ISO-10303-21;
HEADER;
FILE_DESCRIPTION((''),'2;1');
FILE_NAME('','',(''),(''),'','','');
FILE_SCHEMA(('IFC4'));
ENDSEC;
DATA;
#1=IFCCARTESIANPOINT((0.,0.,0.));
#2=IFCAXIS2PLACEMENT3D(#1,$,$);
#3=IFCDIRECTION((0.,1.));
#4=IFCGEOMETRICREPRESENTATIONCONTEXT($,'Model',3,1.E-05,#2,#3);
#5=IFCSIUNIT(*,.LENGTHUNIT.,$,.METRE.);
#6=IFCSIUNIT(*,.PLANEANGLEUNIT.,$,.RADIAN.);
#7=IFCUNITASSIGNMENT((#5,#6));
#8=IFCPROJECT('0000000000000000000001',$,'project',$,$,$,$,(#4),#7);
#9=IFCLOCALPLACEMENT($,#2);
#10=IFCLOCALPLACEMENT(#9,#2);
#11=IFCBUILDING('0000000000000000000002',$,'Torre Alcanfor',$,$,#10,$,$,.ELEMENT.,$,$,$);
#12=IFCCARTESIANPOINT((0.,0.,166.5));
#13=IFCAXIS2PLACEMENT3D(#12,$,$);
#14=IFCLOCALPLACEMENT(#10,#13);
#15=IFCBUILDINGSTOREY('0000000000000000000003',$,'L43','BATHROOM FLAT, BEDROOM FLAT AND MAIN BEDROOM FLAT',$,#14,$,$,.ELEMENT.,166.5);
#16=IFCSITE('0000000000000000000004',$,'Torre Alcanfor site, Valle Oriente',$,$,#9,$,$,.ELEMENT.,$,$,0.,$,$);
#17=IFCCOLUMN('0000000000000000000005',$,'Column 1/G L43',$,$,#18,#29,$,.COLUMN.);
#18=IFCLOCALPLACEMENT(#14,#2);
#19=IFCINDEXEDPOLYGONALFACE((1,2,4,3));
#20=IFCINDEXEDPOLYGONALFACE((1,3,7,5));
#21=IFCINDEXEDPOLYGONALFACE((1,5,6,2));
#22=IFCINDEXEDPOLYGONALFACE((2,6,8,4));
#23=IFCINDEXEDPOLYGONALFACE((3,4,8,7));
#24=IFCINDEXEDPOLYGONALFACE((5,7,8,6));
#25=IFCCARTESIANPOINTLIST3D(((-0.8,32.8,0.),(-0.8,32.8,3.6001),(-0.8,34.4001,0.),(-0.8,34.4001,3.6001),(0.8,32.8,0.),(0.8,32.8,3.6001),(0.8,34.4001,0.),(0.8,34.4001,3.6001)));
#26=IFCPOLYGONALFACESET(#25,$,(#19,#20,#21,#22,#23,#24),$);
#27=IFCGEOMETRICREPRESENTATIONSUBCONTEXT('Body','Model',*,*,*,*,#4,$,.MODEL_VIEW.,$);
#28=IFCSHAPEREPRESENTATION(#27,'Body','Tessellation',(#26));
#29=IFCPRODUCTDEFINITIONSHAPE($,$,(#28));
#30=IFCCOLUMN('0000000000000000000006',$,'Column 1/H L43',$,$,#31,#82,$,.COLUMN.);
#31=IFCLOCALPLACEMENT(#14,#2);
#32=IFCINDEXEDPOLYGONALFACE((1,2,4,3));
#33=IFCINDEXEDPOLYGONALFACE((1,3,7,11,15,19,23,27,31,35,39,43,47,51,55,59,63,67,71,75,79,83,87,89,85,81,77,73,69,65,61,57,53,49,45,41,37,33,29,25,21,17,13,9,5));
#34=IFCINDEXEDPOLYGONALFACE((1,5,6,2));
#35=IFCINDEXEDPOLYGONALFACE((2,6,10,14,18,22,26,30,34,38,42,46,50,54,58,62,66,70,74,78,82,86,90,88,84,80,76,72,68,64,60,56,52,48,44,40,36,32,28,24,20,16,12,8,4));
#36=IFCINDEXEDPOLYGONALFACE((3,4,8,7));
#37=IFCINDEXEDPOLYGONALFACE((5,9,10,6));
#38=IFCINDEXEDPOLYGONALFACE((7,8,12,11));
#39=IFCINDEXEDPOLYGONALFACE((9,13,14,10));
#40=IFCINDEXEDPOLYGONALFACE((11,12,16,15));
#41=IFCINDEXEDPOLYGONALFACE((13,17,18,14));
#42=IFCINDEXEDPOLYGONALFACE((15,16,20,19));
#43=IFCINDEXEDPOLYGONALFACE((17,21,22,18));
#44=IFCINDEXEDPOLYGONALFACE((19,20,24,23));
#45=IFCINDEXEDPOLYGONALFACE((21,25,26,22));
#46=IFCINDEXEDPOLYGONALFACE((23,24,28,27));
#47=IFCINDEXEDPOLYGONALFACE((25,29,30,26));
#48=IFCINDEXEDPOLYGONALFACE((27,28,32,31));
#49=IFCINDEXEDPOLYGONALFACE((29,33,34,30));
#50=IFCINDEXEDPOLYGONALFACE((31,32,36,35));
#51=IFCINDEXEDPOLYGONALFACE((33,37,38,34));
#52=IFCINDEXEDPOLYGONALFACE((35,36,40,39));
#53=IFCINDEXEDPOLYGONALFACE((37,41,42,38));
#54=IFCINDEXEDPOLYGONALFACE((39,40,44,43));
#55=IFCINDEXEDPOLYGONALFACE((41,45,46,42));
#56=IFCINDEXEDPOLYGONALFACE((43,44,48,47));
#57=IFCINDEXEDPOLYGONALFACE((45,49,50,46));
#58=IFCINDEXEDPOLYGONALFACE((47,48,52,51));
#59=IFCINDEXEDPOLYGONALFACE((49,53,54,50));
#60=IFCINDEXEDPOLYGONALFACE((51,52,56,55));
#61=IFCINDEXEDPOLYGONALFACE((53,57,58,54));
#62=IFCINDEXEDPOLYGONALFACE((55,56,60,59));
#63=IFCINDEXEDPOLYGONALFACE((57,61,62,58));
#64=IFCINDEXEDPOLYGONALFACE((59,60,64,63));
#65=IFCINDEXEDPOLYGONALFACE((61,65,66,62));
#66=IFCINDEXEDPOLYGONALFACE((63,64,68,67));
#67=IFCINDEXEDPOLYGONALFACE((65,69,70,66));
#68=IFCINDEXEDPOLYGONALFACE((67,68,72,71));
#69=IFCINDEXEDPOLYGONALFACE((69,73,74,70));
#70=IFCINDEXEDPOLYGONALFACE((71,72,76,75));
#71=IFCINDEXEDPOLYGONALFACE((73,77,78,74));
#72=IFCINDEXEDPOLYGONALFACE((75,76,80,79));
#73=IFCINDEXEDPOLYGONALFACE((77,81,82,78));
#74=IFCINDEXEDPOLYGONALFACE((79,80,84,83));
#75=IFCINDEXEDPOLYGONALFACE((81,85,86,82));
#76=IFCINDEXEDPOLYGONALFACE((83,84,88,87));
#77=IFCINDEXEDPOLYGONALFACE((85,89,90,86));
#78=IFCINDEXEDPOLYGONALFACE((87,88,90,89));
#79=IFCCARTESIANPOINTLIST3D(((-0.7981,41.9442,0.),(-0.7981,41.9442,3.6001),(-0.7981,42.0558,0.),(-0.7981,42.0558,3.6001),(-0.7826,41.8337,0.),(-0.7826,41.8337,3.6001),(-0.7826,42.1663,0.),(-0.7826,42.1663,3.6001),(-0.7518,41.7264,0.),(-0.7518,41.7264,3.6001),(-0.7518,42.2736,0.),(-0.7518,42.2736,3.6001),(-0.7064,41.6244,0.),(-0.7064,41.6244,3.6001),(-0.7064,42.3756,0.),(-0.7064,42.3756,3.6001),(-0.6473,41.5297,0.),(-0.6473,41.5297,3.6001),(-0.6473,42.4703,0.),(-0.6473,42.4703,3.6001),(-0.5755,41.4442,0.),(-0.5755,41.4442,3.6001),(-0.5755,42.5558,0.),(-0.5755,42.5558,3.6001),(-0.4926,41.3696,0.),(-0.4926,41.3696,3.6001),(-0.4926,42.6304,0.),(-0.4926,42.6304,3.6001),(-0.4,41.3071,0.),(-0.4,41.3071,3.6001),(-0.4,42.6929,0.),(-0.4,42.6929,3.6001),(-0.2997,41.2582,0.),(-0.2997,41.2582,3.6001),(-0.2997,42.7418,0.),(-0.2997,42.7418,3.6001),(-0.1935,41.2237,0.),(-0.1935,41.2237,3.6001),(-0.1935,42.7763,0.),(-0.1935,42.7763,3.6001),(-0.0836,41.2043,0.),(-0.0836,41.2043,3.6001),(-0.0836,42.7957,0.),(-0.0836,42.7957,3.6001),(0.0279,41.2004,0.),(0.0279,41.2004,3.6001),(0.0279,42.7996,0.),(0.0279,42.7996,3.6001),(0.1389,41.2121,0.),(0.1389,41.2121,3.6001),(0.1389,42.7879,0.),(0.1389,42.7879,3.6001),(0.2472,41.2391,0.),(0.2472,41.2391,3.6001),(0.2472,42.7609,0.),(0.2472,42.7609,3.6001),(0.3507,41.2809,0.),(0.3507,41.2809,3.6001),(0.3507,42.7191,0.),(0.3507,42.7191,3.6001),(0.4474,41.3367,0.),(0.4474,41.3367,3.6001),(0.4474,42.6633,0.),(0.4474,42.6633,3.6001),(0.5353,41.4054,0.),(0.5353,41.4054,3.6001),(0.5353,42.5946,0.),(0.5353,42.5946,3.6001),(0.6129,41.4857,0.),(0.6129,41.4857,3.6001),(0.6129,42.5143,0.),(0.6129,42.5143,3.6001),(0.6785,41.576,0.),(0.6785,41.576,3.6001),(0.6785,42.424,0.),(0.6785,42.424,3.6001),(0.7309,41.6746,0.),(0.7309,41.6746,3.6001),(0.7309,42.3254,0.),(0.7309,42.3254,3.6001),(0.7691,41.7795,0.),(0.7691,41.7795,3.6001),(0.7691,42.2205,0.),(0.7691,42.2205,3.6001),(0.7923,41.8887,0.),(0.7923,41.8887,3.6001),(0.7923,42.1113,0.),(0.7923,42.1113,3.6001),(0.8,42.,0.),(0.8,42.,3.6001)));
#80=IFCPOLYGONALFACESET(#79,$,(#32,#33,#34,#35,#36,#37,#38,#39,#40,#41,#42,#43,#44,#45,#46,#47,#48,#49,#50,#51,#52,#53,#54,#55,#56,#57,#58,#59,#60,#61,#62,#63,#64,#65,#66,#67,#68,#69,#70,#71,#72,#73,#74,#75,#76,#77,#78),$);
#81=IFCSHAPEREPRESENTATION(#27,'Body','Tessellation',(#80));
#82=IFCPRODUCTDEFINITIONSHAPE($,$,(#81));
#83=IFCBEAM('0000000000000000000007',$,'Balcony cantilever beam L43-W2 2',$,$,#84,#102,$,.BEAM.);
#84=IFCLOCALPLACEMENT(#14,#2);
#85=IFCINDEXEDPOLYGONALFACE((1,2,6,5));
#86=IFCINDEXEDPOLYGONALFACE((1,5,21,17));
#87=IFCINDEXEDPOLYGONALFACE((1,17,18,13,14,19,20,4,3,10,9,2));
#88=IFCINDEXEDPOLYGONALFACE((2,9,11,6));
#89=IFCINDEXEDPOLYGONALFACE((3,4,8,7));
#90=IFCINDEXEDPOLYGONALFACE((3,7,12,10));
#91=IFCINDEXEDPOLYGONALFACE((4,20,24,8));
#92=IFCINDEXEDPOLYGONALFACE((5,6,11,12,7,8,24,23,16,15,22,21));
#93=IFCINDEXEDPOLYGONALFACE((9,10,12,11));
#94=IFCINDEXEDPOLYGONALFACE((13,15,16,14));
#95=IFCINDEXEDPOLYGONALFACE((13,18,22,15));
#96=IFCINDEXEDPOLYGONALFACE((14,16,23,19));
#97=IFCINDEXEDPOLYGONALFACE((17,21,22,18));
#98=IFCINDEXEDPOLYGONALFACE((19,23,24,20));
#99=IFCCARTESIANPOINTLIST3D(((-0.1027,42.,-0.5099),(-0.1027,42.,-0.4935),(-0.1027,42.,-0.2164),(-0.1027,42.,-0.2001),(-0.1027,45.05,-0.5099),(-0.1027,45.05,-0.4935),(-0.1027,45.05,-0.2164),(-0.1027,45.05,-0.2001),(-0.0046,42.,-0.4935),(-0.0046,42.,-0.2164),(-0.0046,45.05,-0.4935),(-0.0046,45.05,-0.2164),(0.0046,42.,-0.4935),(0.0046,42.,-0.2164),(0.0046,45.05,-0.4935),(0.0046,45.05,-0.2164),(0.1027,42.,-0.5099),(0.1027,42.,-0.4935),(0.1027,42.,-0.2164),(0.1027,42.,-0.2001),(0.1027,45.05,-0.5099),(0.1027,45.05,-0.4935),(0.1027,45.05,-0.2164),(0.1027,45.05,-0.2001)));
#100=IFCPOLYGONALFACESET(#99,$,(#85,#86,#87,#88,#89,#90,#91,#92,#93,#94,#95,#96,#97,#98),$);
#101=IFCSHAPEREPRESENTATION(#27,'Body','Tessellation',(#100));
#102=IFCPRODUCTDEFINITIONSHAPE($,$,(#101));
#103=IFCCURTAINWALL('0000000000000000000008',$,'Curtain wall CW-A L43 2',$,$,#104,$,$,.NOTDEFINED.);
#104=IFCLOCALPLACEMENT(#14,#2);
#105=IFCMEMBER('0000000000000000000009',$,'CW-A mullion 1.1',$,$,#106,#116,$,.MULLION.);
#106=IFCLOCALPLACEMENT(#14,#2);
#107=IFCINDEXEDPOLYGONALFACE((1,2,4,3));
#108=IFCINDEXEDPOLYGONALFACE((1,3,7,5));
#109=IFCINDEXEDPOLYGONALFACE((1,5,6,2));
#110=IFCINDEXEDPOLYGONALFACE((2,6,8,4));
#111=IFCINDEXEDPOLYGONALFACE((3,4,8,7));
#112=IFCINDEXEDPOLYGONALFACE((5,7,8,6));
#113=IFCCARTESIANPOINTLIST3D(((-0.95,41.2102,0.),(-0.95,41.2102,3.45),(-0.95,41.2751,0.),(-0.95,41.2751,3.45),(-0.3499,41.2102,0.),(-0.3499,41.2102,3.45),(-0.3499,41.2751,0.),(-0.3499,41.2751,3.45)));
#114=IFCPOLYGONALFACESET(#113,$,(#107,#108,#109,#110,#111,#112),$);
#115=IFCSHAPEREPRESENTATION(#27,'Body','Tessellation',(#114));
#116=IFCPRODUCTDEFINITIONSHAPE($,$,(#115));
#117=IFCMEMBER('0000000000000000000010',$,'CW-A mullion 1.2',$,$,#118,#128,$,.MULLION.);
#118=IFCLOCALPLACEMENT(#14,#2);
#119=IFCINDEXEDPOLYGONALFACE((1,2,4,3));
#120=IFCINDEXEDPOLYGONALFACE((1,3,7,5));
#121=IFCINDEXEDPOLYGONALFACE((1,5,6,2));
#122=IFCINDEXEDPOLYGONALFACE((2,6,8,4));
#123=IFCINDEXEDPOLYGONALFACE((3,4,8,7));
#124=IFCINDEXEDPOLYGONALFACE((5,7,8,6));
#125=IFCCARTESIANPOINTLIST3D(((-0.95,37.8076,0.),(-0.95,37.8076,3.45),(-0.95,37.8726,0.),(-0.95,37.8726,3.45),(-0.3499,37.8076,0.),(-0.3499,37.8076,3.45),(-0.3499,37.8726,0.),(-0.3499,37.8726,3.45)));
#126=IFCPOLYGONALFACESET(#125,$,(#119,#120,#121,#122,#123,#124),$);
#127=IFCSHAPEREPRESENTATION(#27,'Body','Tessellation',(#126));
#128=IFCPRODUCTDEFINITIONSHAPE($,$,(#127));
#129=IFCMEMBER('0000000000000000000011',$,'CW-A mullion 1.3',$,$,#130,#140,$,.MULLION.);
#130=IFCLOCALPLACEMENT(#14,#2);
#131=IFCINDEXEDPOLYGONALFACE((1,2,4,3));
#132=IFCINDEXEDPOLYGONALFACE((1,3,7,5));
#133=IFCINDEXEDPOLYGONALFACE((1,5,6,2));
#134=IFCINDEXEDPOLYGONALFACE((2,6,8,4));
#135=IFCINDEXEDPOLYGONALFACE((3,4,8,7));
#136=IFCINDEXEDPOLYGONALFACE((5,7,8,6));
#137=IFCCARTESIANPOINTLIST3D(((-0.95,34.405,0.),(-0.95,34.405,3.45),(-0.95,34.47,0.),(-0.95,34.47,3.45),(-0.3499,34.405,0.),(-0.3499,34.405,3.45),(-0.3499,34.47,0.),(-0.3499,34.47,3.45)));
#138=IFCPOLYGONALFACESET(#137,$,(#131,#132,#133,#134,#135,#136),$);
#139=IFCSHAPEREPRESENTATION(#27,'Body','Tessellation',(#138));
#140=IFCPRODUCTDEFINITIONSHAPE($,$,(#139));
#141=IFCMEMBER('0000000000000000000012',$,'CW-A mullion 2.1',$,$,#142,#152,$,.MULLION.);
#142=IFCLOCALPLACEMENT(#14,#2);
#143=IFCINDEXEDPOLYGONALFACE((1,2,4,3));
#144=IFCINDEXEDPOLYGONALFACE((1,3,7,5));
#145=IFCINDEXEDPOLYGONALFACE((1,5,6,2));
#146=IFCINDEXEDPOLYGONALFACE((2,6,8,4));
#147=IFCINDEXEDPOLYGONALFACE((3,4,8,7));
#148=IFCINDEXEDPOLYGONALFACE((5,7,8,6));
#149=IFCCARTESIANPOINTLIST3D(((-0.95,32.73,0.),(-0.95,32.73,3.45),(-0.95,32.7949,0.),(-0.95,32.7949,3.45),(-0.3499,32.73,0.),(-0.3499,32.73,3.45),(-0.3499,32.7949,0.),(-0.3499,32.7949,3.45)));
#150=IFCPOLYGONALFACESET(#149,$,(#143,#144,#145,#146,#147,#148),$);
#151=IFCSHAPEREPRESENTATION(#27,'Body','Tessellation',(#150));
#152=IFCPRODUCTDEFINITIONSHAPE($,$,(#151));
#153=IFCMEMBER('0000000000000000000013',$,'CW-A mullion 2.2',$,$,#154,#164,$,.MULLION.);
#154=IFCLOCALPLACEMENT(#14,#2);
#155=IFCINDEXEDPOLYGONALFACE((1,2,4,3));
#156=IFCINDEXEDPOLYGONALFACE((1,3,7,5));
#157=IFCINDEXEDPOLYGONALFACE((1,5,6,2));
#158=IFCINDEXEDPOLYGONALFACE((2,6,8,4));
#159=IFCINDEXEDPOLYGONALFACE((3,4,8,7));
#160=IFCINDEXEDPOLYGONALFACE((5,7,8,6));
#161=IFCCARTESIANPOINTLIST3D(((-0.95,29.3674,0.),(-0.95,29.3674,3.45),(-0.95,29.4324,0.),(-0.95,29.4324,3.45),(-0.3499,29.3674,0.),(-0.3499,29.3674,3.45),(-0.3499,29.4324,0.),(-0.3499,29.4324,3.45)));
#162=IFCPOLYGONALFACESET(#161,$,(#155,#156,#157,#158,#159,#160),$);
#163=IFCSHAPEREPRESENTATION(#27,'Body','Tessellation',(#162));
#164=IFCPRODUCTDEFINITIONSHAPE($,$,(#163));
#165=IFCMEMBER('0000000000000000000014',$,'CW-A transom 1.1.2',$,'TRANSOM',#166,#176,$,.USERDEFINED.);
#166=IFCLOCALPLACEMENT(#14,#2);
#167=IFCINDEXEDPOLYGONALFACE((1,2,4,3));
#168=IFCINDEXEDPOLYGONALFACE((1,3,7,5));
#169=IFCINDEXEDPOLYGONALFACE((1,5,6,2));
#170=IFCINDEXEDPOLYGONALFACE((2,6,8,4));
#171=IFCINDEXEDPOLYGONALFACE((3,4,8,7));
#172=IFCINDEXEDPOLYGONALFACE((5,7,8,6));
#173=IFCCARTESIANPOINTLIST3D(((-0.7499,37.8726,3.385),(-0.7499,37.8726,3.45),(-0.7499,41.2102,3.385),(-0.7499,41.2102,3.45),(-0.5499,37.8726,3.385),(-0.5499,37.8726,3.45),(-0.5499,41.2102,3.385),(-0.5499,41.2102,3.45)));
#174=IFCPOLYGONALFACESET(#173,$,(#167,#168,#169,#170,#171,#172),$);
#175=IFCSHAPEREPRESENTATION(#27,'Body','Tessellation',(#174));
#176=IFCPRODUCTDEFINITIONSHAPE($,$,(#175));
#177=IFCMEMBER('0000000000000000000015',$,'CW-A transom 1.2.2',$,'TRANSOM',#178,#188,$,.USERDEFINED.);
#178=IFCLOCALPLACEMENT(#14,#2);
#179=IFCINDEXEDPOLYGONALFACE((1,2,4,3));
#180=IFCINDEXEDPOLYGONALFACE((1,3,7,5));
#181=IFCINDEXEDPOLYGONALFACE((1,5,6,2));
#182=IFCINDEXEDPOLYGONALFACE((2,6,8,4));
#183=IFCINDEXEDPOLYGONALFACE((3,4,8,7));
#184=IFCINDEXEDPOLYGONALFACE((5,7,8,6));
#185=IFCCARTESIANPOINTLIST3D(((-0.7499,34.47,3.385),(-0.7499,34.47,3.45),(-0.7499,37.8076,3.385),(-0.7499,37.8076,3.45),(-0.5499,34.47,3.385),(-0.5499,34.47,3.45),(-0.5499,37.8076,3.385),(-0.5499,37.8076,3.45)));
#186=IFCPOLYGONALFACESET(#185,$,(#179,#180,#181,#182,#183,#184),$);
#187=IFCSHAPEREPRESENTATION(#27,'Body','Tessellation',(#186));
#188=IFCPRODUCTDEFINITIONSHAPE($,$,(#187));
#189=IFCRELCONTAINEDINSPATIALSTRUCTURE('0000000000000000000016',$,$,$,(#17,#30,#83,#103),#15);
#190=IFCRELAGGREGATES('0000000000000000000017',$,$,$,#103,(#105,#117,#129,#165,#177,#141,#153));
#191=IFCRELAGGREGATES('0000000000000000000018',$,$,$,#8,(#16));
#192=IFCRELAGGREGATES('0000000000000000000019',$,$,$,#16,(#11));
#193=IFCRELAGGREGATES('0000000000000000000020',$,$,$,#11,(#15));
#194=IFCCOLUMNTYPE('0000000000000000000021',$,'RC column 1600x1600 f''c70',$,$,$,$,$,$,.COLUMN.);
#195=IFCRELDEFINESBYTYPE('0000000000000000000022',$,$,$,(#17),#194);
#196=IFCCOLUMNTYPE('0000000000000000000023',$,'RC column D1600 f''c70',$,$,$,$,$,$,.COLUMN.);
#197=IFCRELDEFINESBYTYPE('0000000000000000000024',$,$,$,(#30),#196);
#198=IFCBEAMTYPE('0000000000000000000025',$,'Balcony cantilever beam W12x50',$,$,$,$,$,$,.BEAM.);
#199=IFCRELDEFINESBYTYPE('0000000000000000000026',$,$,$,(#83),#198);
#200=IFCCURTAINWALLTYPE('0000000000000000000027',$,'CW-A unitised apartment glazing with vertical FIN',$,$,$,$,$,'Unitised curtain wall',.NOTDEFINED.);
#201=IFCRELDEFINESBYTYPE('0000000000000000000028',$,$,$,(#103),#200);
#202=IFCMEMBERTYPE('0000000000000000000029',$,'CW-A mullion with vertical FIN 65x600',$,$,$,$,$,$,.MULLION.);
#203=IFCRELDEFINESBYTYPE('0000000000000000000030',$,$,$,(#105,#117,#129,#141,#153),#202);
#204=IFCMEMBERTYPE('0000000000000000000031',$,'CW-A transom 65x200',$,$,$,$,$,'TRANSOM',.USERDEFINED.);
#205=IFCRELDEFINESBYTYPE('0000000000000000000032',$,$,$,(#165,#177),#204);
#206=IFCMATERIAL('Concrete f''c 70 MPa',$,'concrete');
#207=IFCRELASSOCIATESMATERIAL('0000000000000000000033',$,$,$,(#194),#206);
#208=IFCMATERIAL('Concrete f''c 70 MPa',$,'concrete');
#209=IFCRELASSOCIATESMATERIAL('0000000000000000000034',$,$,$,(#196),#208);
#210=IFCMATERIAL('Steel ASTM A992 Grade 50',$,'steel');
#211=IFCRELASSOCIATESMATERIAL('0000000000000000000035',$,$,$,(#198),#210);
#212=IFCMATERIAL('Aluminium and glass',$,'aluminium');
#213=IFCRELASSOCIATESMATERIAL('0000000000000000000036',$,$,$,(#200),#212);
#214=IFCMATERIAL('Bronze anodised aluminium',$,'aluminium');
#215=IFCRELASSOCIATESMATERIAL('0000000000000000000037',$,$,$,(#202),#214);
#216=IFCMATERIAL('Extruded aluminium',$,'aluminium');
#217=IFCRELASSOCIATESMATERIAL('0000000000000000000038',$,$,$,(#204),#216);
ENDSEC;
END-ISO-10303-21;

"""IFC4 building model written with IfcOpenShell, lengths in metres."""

from ifc_helpers import new_model, si_unit, direction, frame, origin, origin_2d, place, context, subcontext, project, spatial, rectangle, circle, i_section, extrude, material, material_profile, profile_set, type_object, element, aggregate, save


model = new_model("IFC4")

# Units and contexts
model_context = context("Model", 3, precision=1e-05, world=origin(), true_north=direction((0.0, 1.0)))
body_context = subcontext(model_context, "Body", "Model", "MODEL_VIEW")
ifc_project = project(units=[si_unit("LENGTHUNIT", "METRE"), si_unit("PLANEANGLEUNIT", "RADIAN")], contexts=[model_context])

# Site, building, storey
site_placement = place(None, origin())
site = spatial("IfcSite", under=ifc_project, at=site_placement, Name="Torre Alcanfor site, Valle Oriente", CompositionType="ELEMENT", RefElevation=0.0)
building_placement = place(site_placement, origin())
building = spatial("IfcBuilding", under=site, at=building_placement, Name="Torre Alcanfor", CompositionType="ELEMENT")
storey_placement = place(building_placement, frame((0.0, 0.0, 166.5)))
storey = spatial("IfcBuildingStorey", under=building, at=storey_placement, Name="L43", Description="BATHROOM FLAT, BEDROOM FLAT AND MAIN BEDROOM FLAT", CompositionType="ELEMENT", Elevation=166.5)

# Columns
ifc_material_1 = material(Name="Concrete f'c 70 MPa", Category="concrete")
ifc_material_profile_1 = material_profile(ifc_material_1, rectangle(XDim=1.6001, YDim=1.6001, at=origin_2d()), Name="1600x1600")
ifc_profile_set_1 = profile_set([ifc_material_profile_1], Name="Concrete f'c 70 MPa")
column_type_1 = type_object("IfcColumnType", Name="RC column 1600x1600 f'c70", PredefinedType="COLUMN", material=ifc_profile_set_1)
column_1_placement = place(storey_placement, frame((0.0, 33.6001, 0.0), z_axis=(0.0, 0.0, 1.0), x_axis=(1.0, 0.0, 0.0)))
element("IfcColumn", 1, at=column_1_placement, inside=storey, type_object=column_type_1, Name="Column 1/G L43", PredefinedType="COLUMN", context=body_context, shape_type="SweptSolid", body=[
    extrude(rectangle(XDim=1.6001, YDim=1.6001, at=origin_2d()), origin(), (0.0, 0.0, 1.0), 3.6001),
])
ifc_material_2 = material(Name="Concrete f'c 70 MPa", Category="concrete")
ifc_material_profile_2 = material_profile(ifc_material_2, circle(Radius=0.8, at=origin_2d()), Name="D1600")
ifc_profile_set_2 = profile_set([ifc_material_profile_2], Name="Concrete f'c 70 MPa")
column_type_2 = type_object("IfcColumnType", Name="RC column D1600 f'c70", PredefinedType="COLUMN", material=ifc_profile_set_2)
column_2_placement = place(storey_placement, frame((0.0, 42.0, 0.0), z_axis=(0.0, 0.0, 1.0), x_axis=(1.0, 0.0, 0.0)))
element("IfcColumn", 2, at=column_2_placement, inside=storey, type_object=column_type_2, Name="Column 1/H L43", PredefinedType="COLUMN", context=body_context, shape_type="SweptSolid", body=[
    extrude(circle(Radius=0.8, at=origin_2d()), origin(), (0.0, 0.0, 1.0), 3.6001),
])

# Beam
ifc_material_3 = material(Name="Steel ASTM A992 Grade 50", Category="steel")
ifc_material_profile_3 = material_profile(ifc_material_3, i_section(OverallWidth=0.2053, OverallDepth=0.3098, WebThickness=0.0093, FlangeThickness=0.0164, at=origin_2d()), Name="W12x50")
ifc_profile_set_3 = profile_set([ifc_material_profile_3], Name="Steel ASTM A992 Grade 50")
beam_type_1 = type_object("IfcBeamType", Name="Balcony cantilever beam W12x50", PredefinedType="BEAM", material=ifc_profile_set_3)
beam_1_placement = place(storey_placement, frame((0.0, 42.0, -0.355), z_axis=(0.0, 1.0, 0.0), x_axis=(-1.0, 0.0, 0.0)))
element("IfcBeam", 3, at=beam_1_placement, inside=storey, type_object=beam_type_1, Name="Balcony cantilever beam L43-W2 2", PredefinedType="BEAM", context=body_context, shape_type="SweptSolid", body=[
    extrude(i_section(OverallWidth=0.2053, OverallDepth=0.3098, WebThickness=0.0093, FlangeThickness=0.0164, at=origin_2d()), origin(), (0.0, 0.0, 1.0), 3.05),
])

# Curtain wall, members
ifc_material_4 = material(Name="Aluminium and glass", Category="aluminium")
curtain_wall_type = type_object("IfcCurtainWallType", Name="CW-A unitised apartment glazing with vertical FIN", ElementType="Unitised curtain wall", PredefinedType="NOTDEFINED", material=ifc_material_4)
curtain_wall_placement = place(storey_placement, origin())
curtain_wall = element("IfcCurtainWall", 4, at=curtain_wall_placement, inside=storey, type_object=curtain_wall_type, Name="Curtain wall CW-A L43 2", PredefinedType="NOTDEFINED")
ifc_material_5 = material(Name="Bronze anodised aluminium", Category="aluminium")
ifc_material_profile_4 = material_profile(ifc_material_5, rectangle(XDim=0.6001, YDim=0.0649, at=origin_2d()), Name="CW-A mullion 65x600")
ifc_profile_set_4 = profile_set([ifc_material_profile_4], Name="Bronze anodised aluminium")
member_type_1 = type_object("IfcMemberType", Name="CW-A mullion with vertical FIN 65x600", PredefinedType="MULLION", material=ifc_profile_set_4)
member_1_placement = place(storey_placement, frame((-0.6499, 41.2427, 0.0), z_axis=(0.0, 0.0, 1.0), x_axis=(1.0, 0.0, 0.0)))
member_1 = element("IfcMember", 5, at=member_1_placement, type_object=member_type_1, Name="CW-A mullion 1.1", PredefinedType="MULLION", context=body_context, shape_type="SweptSolid", body=[
    extrude(rectangle(XDim=0.6001, YDim=0.0649, at=origin_2d()), origin(), (0.0, 0.0, 1.0), 3.45),
])
member_2_placement = place(storey_placement, frame((-0.6499, 37.8401, 0.0), z_axis=(0.0, 0.0, 1.0), x_axis=(1.0, 0.0, 0.0)))
member_2 = element("IfcMember", 6, at=member_2_placement, type_object=member_type_1, Name="CW-A mullion 1.2", PredefinedType="MULLION", context=body_context, shape_type="SweptSolid", body=[
    extrude(rectangle(XDim=0.6001, YDim=0.0649, at=origin_2d()), origin(), (0.0, 0.0, 1.0), 3.45),
])
member_3_placement = place(storey_placement, frame((-0.6499, 34.4375, 0.0), z_axis=(0.0, 0.0, 1.0), x_axis=(1.0, 0.0, 0.0)))
member_3 = element("IfcMember", 7, at=member_3_placement, type_object=member_type_1, Name="CW-A mullion 1.3", PredefinedType="MULLION", context=body_context, shape_type="SweptSolid", body=[
    extrude(rectangle(XDim=0.6001, YDim=0.0649, at=origin_2d()), origin(), (0.0, 0.0, 1.0), 3.45),
])
member_4_placement = place(storey_placement, frame((-0.6499, 32.7625, 0.0), z_axis=(0.0, 0.0, 1.0), x_axis=(1.0, 0.0, 0.0)))
member_4 = element("IfcMember", 8, at=member_4_placement, type_object=member_type_1, Name="CW-A mullion 2.1", PredefinedType="MULLION", context=body_context, shape_type="SweptSolid", body=[
    extrude(rectangle(XDim=0.6001, YDim=0.0649, at=origin_2d()), origin(), (0.0, 0.0, 1.0), 3.45),
])
member_5_placement = place(storey_placement, frame((-0.6499, 29.3999, 0.0), z_axis=(0.0, 0.0, 1.0), x_axis=(1.0, 0.0, 0.0)))
member_5 = element("IfcMember", 9, at=member_5_placement, type_object=member_type_1, Name="CW-A mullion 2.2", PredefinedType="MULLION", context=body_context, shape_type="SweptSolid", body=[
    extrude(rectangle(XDim=0.6001, YDim=0.0649, at=origin_2d()), origin(), (0.0, 0.0, 1.0), 3.45),
])
ifc_material_6 = material(Name="Extruded aluminium", Category="aluminium")
ifc_material_profile_5 = material_profile(ifc_material_6, rectangle(XDim=0.2, YDim=0.0649, at=origin_2d()), Name="CW-A transom 200x65")
ifc_profile_set_5 = profile_set([ifc_material_profile_5], Name="Extruded aluminium")
member_type_2 = type_object("IfcMemberType", Name="CW-A transom 65x200", ElementType="TRANSOM", PredefinedType="USERDEFINED", material=ifc_profile_set_5)
member_6_placement = place(storey_placement, frame((-0.6499, 41.2102, 3.4175), z_axis=(0.0, -1.0, 0.0), x_axis=(1.0, 0.0, 0.0)))
member_6 = element("IfcMember", 10, at=member_6_placement, type_object=member_type_2, Name="CW-A transom 1.1.2", ObjectType="TRANSOM", PredefinedType="USERDEFINED", context=body_context, shape_type="SweptSolid", body=[
    extrude(rectangle(XDim=0.2, YDim=0.0649, at=origin_2d()), origin(), (0.0, 0.0, 1.0), 3.3376),
])
member_7_placement = place(storey_placement, frame((-0.6499, 37.8076, 3.4175), z_axis=(0.0, -1.0, 0.0), x_axis=(1.0, 0.0, 0.0)))
member_7 = element("IfcMember", 11, at=member_7_placement, type_object=member_type_2, Name="CW-A transom 1.2.2", ObjectType="TRANSOM", PredefinedType="USERDEFINED", context=body_context, shape_type="SweptSolid", body=[
    extrude(rectangle(XDim=0.2, YDim=0.0649, at=origin_2d()), origin(), (0.0, 0.0, 1.0), 3.3376),
])

aggregate(curtain_wall, [member_1, member_2, member_3, member_6, member_7, member_4, member_5])

save(model, "model.ifc")
